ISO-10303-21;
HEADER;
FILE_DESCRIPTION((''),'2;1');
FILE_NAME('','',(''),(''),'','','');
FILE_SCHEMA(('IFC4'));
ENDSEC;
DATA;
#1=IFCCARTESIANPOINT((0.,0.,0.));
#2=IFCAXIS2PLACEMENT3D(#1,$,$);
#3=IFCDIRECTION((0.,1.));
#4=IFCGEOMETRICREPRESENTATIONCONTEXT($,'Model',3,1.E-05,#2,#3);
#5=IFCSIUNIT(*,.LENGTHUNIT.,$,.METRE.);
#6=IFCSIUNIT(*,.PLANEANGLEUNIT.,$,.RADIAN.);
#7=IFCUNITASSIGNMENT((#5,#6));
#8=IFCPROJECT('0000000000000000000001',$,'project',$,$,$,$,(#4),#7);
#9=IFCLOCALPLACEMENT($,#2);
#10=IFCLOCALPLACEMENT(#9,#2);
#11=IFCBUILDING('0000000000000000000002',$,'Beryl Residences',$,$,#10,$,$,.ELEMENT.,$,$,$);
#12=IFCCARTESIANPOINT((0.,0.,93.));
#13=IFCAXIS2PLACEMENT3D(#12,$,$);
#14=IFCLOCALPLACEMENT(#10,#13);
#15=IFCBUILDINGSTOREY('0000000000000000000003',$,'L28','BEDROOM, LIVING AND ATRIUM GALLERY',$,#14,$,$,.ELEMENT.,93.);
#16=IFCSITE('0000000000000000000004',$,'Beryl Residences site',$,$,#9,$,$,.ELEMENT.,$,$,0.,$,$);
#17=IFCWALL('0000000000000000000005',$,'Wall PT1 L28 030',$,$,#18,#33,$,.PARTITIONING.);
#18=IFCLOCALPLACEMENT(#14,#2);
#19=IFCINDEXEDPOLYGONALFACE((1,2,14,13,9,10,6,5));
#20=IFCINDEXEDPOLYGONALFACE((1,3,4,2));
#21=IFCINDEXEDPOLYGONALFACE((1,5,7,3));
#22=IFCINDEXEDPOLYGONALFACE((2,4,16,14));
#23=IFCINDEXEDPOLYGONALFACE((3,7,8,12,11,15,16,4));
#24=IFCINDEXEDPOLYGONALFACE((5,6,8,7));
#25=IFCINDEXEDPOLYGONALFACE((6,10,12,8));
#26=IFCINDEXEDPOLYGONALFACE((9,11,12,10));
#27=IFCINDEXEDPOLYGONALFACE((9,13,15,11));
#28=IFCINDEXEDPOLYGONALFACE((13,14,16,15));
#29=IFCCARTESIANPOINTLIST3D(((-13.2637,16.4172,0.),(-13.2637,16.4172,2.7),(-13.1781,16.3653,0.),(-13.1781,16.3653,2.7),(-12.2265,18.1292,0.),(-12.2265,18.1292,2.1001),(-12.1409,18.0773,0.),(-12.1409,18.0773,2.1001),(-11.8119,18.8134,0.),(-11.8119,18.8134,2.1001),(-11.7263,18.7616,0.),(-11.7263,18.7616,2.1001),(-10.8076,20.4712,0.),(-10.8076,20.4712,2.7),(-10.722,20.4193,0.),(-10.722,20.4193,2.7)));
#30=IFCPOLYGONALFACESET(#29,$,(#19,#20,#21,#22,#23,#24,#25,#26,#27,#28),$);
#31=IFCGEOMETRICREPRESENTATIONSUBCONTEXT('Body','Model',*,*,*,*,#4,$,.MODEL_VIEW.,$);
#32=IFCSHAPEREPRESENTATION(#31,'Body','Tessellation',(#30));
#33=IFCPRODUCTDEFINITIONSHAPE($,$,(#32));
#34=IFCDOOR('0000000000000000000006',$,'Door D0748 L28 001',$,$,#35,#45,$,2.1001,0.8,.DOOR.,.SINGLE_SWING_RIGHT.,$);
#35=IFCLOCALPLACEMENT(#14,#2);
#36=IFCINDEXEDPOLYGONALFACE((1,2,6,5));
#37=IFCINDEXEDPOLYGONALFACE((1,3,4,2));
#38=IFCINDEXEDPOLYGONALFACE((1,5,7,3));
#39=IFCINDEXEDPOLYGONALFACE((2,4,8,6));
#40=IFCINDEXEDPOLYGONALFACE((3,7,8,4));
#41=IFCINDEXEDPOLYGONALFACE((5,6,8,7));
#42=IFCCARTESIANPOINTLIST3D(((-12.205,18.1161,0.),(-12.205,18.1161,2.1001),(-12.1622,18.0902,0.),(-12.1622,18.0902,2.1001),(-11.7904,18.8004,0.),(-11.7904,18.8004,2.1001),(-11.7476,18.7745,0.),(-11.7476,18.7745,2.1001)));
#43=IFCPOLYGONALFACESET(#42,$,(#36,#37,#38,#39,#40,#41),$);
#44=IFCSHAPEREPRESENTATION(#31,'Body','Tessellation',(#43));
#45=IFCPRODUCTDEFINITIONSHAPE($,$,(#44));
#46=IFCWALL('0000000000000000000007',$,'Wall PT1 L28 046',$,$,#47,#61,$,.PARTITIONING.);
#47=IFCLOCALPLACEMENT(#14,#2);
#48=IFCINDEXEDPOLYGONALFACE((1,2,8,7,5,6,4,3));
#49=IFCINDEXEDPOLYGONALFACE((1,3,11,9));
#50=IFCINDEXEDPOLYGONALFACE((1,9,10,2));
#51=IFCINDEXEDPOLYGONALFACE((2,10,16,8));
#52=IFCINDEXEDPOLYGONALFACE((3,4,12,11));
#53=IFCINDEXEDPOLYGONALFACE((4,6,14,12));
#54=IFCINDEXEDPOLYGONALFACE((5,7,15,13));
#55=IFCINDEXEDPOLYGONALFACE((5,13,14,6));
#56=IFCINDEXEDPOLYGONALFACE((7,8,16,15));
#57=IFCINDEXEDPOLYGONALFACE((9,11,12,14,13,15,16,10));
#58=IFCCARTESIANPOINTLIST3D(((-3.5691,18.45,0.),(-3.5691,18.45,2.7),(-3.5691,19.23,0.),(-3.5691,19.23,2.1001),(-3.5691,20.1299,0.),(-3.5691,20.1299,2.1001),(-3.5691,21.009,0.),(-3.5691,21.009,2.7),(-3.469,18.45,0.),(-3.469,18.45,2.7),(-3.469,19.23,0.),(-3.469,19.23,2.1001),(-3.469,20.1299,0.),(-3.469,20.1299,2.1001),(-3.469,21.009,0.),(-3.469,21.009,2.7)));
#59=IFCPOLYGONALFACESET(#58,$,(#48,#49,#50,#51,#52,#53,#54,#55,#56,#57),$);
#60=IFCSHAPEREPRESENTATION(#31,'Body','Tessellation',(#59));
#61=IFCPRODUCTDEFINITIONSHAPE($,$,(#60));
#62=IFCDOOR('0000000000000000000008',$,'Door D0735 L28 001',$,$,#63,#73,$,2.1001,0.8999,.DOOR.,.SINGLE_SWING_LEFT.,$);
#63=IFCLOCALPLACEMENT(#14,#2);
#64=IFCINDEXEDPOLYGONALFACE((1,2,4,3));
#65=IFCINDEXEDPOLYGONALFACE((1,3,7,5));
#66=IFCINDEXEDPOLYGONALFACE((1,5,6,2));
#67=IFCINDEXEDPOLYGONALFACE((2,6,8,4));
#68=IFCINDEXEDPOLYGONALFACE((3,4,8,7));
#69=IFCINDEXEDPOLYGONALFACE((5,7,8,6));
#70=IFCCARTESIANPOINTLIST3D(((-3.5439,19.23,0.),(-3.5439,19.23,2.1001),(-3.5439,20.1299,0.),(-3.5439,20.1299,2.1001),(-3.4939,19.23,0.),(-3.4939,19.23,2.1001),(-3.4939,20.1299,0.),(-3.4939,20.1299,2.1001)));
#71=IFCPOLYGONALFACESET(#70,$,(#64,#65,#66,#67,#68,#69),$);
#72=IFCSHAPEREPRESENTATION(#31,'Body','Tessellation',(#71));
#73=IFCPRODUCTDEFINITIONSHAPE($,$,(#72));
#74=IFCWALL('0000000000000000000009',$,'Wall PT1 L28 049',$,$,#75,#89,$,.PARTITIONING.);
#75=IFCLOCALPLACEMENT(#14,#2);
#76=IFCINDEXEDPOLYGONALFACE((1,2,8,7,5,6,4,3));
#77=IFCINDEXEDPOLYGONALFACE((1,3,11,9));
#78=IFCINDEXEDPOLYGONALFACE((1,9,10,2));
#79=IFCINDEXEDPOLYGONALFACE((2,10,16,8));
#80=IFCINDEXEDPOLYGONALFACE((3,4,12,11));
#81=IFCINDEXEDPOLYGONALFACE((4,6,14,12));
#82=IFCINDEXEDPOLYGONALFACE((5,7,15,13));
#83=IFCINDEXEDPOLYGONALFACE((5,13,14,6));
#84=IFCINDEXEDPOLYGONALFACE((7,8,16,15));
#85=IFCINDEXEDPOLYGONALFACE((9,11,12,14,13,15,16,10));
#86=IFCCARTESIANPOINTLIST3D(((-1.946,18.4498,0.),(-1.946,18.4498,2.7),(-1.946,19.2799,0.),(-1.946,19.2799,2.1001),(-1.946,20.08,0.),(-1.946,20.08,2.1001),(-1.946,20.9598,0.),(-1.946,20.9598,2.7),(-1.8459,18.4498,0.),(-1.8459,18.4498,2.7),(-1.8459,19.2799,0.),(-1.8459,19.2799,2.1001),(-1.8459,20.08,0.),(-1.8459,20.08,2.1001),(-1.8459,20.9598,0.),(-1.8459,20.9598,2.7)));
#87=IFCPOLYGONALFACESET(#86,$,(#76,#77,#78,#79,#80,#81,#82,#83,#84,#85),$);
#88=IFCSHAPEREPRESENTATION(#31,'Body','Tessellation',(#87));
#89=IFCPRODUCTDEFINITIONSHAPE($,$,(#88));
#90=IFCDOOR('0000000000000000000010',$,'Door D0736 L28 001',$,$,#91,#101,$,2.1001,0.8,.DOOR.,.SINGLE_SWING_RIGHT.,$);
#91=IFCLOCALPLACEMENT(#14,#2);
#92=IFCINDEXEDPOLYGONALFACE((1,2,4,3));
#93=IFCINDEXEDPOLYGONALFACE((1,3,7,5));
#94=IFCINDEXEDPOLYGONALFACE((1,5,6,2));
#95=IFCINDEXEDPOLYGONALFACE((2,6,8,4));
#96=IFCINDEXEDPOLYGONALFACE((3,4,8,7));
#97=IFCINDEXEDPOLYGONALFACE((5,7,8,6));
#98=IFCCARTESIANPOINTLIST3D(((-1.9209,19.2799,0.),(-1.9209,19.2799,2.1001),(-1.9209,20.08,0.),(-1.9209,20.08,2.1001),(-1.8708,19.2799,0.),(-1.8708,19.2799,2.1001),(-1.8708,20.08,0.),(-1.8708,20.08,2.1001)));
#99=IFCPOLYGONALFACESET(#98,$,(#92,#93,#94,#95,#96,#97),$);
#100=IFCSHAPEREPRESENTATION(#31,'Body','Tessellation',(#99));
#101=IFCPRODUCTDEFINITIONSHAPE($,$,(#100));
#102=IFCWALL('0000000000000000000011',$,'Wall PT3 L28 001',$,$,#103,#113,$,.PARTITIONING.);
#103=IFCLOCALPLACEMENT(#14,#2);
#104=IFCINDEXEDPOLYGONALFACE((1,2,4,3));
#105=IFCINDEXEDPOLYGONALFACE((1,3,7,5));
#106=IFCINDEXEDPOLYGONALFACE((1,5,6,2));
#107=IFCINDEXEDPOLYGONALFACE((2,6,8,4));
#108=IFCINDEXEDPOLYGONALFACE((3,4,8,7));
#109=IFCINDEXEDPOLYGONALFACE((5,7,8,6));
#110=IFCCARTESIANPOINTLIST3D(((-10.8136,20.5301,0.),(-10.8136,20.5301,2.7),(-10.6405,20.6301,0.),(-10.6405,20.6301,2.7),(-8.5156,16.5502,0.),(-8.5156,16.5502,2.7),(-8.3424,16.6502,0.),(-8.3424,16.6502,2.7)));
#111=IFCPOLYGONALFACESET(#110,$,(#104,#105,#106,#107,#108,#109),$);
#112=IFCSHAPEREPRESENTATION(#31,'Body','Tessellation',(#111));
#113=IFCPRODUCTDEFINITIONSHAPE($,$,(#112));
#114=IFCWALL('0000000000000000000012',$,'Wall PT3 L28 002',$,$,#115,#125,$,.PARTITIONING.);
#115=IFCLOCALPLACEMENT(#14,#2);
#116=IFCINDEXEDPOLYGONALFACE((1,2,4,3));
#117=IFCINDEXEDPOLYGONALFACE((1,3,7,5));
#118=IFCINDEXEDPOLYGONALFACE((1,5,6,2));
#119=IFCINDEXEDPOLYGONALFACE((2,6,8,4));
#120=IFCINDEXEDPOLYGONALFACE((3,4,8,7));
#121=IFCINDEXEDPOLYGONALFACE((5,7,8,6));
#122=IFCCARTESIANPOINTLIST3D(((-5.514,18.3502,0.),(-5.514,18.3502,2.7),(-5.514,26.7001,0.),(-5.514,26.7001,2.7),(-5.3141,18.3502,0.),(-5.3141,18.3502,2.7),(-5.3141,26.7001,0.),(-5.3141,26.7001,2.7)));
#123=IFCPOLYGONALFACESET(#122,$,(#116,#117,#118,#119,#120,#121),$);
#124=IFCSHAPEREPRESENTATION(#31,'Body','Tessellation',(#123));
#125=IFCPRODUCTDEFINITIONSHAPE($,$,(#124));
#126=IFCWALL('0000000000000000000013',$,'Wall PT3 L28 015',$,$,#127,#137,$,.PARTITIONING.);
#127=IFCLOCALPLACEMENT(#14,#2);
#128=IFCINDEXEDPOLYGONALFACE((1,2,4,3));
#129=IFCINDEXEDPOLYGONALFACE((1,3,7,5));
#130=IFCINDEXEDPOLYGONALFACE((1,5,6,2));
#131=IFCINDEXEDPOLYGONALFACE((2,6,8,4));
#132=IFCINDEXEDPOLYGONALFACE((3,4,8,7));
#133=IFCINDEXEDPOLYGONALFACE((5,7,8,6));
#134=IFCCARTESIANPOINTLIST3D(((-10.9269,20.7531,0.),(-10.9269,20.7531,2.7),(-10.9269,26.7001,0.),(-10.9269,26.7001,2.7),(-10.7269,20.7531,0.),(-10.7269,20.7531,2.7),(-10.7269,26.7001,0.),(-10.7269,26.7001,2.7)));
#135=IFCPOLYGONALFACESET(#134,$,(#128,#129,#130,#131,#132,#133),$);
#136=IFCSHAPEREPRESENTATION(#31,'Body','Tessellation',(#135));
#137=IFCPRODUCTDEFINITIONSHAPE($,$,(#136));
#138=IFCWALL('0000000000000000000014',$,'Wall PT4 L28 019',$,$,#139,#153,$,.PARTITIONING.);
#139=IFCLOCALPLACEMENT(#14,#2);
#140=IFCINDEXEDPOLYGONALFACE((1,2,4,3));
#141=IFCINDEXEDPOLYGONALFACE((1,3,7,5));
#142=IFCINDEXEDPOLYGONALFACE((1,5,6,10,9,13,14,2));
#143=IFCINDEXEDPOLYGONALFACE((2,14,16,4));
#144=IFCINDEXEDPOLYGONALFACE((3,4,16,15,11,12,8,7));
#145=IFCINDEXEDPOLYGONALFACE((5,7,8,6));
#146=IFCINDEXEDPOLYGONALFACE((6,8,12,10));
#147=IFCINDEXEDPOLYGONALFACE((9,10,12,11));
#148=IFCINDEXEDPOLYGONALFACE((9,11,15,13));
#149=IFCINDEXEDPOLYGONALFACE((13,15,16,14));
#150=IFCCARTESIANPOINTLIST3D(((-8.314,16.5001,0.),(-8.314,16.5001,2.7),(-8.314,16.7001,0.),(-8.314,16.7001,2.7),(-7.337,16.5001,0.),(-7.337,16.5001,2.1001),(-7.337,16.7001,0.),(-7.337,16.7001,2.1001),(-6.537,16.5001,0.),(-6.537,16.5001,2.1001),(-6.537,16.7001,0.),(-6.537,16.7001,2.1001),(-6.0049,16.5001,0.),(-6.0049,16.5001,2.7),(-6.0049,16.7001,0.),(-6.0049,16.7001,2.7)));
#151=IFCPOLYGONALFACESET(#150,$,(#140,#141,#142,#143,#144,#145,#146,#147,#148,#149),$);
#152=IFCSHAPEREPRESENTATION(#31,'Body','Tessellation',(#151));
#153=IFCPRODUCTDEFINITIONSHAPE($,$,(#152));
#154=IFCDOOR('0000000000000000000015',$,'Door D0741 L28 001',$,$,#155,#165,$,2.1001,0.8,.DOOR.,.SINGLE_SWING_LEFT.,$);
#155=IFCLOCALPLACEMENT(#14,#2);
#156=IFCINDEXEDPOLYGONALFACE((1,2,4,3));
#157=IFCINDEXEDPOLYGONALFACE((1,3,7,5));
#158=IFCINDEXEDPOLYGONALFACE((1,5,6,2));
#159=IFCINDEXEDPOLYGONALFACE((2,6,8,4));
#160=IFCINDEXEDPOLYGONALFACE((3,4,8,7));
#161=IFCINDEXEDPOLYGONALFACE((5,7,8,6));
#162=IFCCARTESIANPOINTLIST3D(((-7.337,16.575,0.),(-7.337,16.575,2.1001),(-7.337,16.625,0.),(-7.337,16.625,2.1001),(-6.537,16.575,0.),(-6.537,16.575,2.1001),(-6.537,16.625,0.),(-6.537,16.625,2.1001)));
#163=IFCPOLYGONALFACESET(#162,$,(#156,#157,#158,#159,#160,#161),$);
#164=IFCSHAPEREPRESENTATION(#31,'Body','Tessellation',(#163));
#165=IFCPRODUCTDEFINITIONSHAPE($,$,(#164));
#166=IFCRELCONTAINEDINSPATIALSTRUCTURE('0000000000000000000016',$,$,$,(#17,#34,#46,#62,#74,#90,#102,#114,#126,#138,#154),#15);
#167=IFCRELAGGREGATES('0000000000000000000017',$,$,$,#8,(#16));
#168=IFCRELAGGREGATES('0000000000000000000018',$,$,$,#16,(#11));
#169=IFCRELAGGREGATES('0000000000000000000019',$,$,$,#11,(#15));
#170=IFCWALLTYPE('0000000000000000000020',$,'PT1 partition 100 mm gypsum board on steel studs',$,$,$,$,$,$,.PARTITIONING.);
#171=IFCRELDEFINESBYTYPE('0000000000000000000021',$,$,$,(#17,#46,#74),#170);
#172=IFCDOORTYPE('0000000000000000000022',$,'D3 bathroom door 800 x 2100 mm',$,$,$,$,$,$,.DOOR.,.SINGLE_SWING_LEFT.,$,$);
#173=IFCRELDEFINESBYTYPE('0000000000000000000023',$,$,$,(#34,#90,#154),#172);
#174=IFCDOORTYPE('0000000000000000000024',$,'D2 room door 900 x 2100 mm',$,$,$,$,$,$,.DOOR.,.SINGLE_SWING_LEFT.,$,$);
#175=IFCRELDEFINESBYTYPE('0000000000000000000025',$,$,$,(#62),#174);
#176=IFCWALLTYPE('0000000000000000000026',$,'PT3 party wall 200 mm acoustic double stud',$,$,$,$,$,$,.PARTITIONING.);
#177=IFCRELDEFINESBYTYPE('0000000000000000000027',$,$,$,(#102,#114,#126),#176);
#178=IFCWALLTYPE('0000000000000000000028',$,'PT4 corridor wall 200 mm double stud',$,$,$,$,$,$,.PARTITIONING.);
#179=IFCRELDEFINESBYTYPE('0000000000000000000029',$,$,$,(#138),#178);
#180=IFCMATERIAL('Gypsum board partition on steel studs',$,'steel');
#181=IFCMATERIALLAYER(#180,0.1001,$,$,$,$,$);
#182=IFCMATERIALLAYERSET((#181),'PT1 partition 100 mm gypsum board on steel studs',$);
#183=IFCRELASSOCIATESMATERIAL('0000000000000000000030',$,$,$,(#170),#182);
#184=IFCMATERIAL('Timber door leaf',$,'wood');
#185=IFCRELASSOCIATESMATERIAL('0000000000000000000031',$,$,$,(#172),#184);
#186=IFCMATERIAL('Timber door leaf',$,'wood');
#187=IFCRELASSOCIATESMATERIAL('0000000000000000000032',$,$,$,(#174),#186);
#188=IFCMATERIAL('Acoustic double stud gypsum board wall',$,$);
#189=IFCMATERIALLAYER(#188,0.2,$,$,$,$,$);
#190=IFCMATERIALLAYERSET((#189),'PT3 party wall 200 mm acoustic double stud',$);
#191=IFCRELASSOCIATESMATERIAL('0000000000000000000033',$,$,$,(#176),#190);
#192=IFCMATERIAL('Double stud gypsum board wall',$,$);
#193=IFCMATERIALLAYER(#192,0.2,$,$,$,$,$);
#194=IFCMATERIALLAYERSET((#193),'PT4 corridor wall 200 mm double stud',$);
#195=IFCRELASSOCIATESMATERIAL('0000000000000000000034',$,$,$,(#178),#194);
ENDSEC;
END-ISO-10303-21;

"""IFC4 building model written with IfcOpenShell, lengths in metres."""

from ifc_helpers import new_model, si_unit, direction, frame, frame_2d, origin, place, context, subcontext, project, spatial, rectangle, extrude, material, layer, layer_set, type_object, element, fill, save


model = new_model("IFC4")

# Units and contexts
model_context = context("Model", 3, precision=1e-05, world=origin(), true_north=direction((0.0, 1.0)))
body_context = subcontext(model_context, "Body", "Model", "MODEL_VIEW")
ifc_project = project(units=[si_unit("LENGTHUNIT", "METRE"), si_unit("PLANEANGLEUNIT", "RADIAN")], contexts=[model_context])

# Site, building, storey
site_placement = place(None, origin())
site = spatial("IfcSite", under=ifc_project, at=site_placement, Name="Beryl Residences site", CompositionType="ELEMENT", RefElevation=0.0)
building_placement = place(site_placement, origin())
building = spatial("IfcBuilding", under=site, at=building_placement, Name="Beryl Residences", CompositionType="ELEMENT")
storey_placement = place(building_placement, frame((0.0, 0.0, 93.0)))
storey = spatial("IfcBuildingStorey", under=building, at=storey_placement, Name="L28", Description="BEDROOM, LIVING AND ATRIUM GALLERY", CompositionType="ELEMENT", Elevation=93.0)

# Shared definitions
ifc_material_1 = material(Name="Gypsum board partition on steel studs", Category="steel")
ifc_layer_1 = layer(ifc_material_1, 0.1001)
ifc_layer_set_1 = layer_set([ifc_layer_1], Name="PT1 partition 100 mm gypsum board on steel studs")
wall_type_1 = type_object("IfcWallType", Name="PT1 partition 100 mm gypsum board on steel studs", PredefinedType="PARTITIONING", material=ifc_layer_set_1)

# Walls, openings, doors
wall_1_placement = place(storey_placement, frame((-13.2209, 16.3911, 0.0), z_axis=(0.0, 0.0, 1.0), x_axis=(0.518165, 0.855281, 0.0)))
wall_1 = element("IfcWall", 1, at=wall_1_placement, inside=storey, type_object=wall_type_1, Name="Wall PT1 L28 030", PredefinedType="PARTITIONING", context=body_context, shape_type="SweptSolid", body=[
    extrude(rectangle(XDim=4.74, YDim=0.1001, at=frame_2d((2.3701, 0.0))), origin(), (0.0, 0.0, 1.0), 2.7),
])
opening_1_placement = place(wall_1_placement, frame((2.002, 0.0, 0.0)))
opening_1 = element("IfcOpeningElement", 2, at=opening_1_placement, cuts=wall_1, PredefinedType="OPENING", context=body_context, shape_type="SweptSolid", body=[
    extrude(rectangle(XDim=0.8, YDim=2.1001, at=frame_2d((0.3999, 1.05))), frame((0.0, 0.0601, 0.0), z_axis=(0.0, -1.0, 0.0), x_axis=(1.0, 0.0, 0.0)), (0.0, 0.0, 1.0), 0.1201),
])
ifc_material_2 = material(Name="Timber door leaf", Category="wood")
door_type_1 = type_object("IfcDoorType", Name="D3 bathroom door 800 x 2100 mm", OperationType="SINGLE_SWING_LEFT", PredefinedType="DOOR", material=ifc_material_2)
door_1_placement = place(opening_1_placement, origin())
door_1 = element("IfcDoor", 3, at=door_1_placement, inside=storey, type_object=door_type_1, Name="Door D0748 L28 001", OperationType="SINGLE_SWING_RIGHT", OverallHeight=2.1001, OverallWidth=0.8, PredefinedType="DOOR", context=body_context, shape_type="SweptSolid", body=[
    extrude(rectangle(XDim=0.8, YDim=2.1001, at=frame_2d((0.3999, 1.05))), frame((0.0, 0.0249, 0.0), z_axis=(0.0, -1.0, 0.0), x_axis=(1.0, 0.0, 0.0)), (0.0, 0.0, 1.0), 0.05),
])
fill(opening_1, door_1)
wall_2_placement = place(storey_placement, frame((-3.519, 18.45, 0.0), z_axis=(0.0, 0.0, 1.0), x_axis=(0.0, 1.0, 0.0)))
wall_2 = element("IfcWall", 4, at=wall_2_placement, inside=storey, type_object=wall_type_1, Name="Wall PT1 L28 046", PredefinedType="PARTITIONING", context=body_context, shape_type="SweptSolid", body=[
    extrude(rectangle(XDim=2.5591, YDim=0.1001, at=frame_2d((1.2795, 0.0))), origin(), (0.0, 0.0, 1.0), 2.7),
])
opening_2_placement = place(wall_2_placement, frame((0.78, 0.0, 0.0)))
opening_2 = element("IfcOpeningElement", 5, at=opening_2_placement, cuts=wall_2, PredefinedType="OPENING", context=body_context, shape_type="SweptSolid", body=[
    extrude(rectangle(XDim=0.8999, YDim=2.1001, at=frame_2d((0.45, 1.05))), frame((0.0, 0.0601, 0.0), z_axis=(0.0, -1.0, 0.0), x_axis=(1.0, 0.0, 0.0)), (0.0, 0.0, 1.0), 0.1201),
])
ifc_material_3 = material(Name="Timber door leaf", Category="wood")
door_type_2 = type_object("IfcDoorType", Name="D2 room door 900 x 2100 mm", OperationType="SINGLE_SWING_LEFT", PredefinedType="DOOR", material=ifc_material_3)
door_2_placement = place(opening_2_placement, origin())
door_2 = element("IfcDoor", 6, at=door_2_placement, inside=storey, type_object=door_type_2, Name="Door D0735 L28 001", OperationType="SINGLE_SWING_LEFT", OverallHeight=2.1001, OverallWidth=0.8999, PredefinedType="DOOR", context=body_context, shape_type="SweptSolid", body=[
    extrude(rectangle(XDim=0.8999, YDim=2.1001, at=frame_2d((0.45, 1.05))), frame((0.0, 0.0249, 0.0), z_axis=(0.0, -1.0, 0.0), x_axis=(1.0, 0.0, 0.0)), (0.0, 0.0, 1.0), 0.05),
])
fill(opening_2, door_2)
wall_3_placement = place(storey_placement, frame((-1.896, 18.45, 0.0), z_axis=(0.0, 0.0, 1.0), x_axis=(0.0, 1.0, 0.0)))
wall_3 = element("IfcWall", 7, at=wall_3_placement, inside=storey, type_object=wall_type_1, Name="Wall PT1 L28 049", PredefinedType="PARTITIONING", context=body_context, shape_type="SweptSolid", body=[
    extrude(rectangle(XDim=2.51, YDim=0.1001, at=frame_2d((1.2549, 0.0))), origin(), (0.0, 0.0, 1.0), 2.7),
])
opening_3_placement = place(wall_3_placement, frame((0.8301, 0.0, 0.0)))
opening_3 = element("IfcOpeningElement", 8, at=opening_3_placement, cuts=wall_3, PredefinedType="OPENING", context=body_context, shape_type="SweptSolid", body=[
    extrude(rectangle(XDim=0.8, YDim=2.1001, at=frame_2d((0.3999, 1.05))), frame((0.0, 0.0601, 0.0), z_axis=(0.0, -1.0, 0.0), x_axis=(1.0, 0.0, 0.0)), (0.0, 0.0, 1.0), 0.1201),
])
door_3_placement = place(opening_3_placement, origin())
door_3 = element("IfcDoor", 9, at=door_3_placement, inside=storey, type_object=door_type_1, Name="Door D0736 L28 001", OperationType="SINGLE_SWING_RIGHT", OverallHeight=2.1001, OverallWidth=0.8, PredefinedType="DOOR", context=body_context, shape_type="SweptSolid", body=[
    extrude(rectangle(XDim=0.8, YDim=2.1001, at=frame_2d((0.3999, 1.05))), frame((0.0, 0.0249, 0.0), z_axis=(0.0, -1.0, 0.0), x_axis=(1.0, 0.0, 0.0)), (0.0, 0.0, 1.0), 0.05),
])
fill(opening_3, door_3)

# Walls
ifc_material_4 = material(Name="Acoustic double stud gypsum board wall")
ifc_layer_2 = layer(ifc_material_4, 0.2)
ifc_layer_set_2 = layer_set([ifc_layer_2], Name="PT3 party wall 200 mm acoustic double stud")
wall_type_2 = type_object("IfcWallType", Name="PT3 party wall 200 mm acoustic double stud", PredefinedType="PARTITIONING", material=ifc_layer_set_2)
wall_4_placement = place(storey_placement, frame((-10.7271, 20.5801, 0.0), z_axis=(0.0, 0.0, 1.0), x_axis=(0.500041, -0.866002, 0.0)))
element("IfcWall", 10, at=wall_4_placement, inside=storey, type_object=wall_type_2, Name="Wall PT3 L28 001", PredefinedType="PARTITIONING", context=body_context, shape_type="SweptSolid", body=[
    extrude(rectangle(XDim=4.5957, YDim=0.2, at=frame_2d((2.2979, 0.0))), origin(), (0.0, 0.0, 1.0), 2.7),
])
wall_5_placement = place(storey_placement, frame((-5.4141, 26.7, 0.0), z_axis=(0.0, 0.0, 1.0), x_axis=(0.0, -1.0, 0.0)))
element("IfcWall", 11, at=wall_5_placement, inside=storey, type_object=wall_type_2, Name="Wall PT3 L28 002", PredefinedType="PARTITIONING", context=body_context, shape_type="SweptSolid", body=[
    extrude(rectangle(XDim=8.3499, YDim=0.2, at=frame_2d((4.1748, 0.0))), origin(), (0.0, 0.0, 1.0), 2.7),
])
wall_6_placement = place(storey_placement, frame((-10.8269, 20.7529, 0.0), z_axis=(0.0, 0.0, 1.0), x_axis=(0.0, 1.0, 0.0)))
element("IfcWall", 12, at=wall_6_placement, inside=storey, type_object=wall_type_2, Name="Wall PT3 L28 015", PredefinedType="PARTITIONING", context=body_context, shape_type="SweptSolid", body=[
    extrude(rectangle(XDim=5.947, YDim=0.2, at=frame_2d((2.9736, 0.0))), origin(), (0.0, 0.0, 1.0), 2.7),
])

# Wall, opening, door
ifc_material_5 = material(Name="Double stud gypsum board wall")
ifc_layer_3 = layer(ifc_material_5, 0.2)
ifc_layer_set_3 = layer_set([ifc_layer_3], Name="PT4 corridor wall 200 mm double stud")
wall_type_3 = type_object("IfcWallType", Name="PT4 corridor wall 200 mm double stud", PredefinedType="PARTITIONING", material=ifc_layer_set_3)
wall_7_placement = place(storey_placement, frame((-8.314, 16.6001, 0.0), z_axis=(0.0, 0.0, 1.0), x_axis=(1.0, 0.0, 0.0)))
wall_7 = element("IfcWall", 13, at=wall_7_placement, inside=storey, type_object=wall_type_3, Name="Wall PT4 L28 019", PredefinedType="PARTITIONING", context=body_context, shape_type="SweptSolid", body=[
    extrude(rectangle(XDim=2.3091, YDim=0.2, at=frame_2d((1.1545, 0.0))), origin(), (0.0, 0.0, 1.0), 2.7),
])
opening_4_placement = place(wall_7_placement, frame((0.9771, 0.0, 0.0)))
opening_4 = element("IfcOpeningElement", 14, at=opening_4_placement, cuts=wall_7, PredefinedType="OPENING", context=body_context, shape_type="SweptSolid", body=[
    extrude(rectangle(XDim=0.8, YDim=2.1001, at=frame_2d((0.3999, 1.05))), frame((0.0, 0.1099, 0.0), z_axis=(0.0, -1.0, 0.0), x_axis=(1.0, 0.0, 0.0)), (0.0, 0.0, 1.0), 0.22),
])
door_4_placement = place(opening_4_placement, origin())
door_4 = element("IfcDoor", 15, at=door_4_placement, inside=storey, type_object=door_type_1, Name="Door D0741 L28 001", OperationType="SINGLE_SWING_LEFT", OverallHeight=2.1001, OverallWidth=0.8, PredefinedType="DOOR", context=body_context, shape_type="SweptSolid", body=[
    extrude(rectangle(XDim=0.8, YDim=2.1001, at=frame_2d((0.3999, 1.05))), frame((0.0, 0.0249, 0.0), z_axis=(0.0, -1.0, 0.0), x_axis=(1.0, 0.0, 0.0)), (0.0, 0.0, 1.0), 0.05),
])
fill(opening_4, door_4)

save(model, "model.ifc")
